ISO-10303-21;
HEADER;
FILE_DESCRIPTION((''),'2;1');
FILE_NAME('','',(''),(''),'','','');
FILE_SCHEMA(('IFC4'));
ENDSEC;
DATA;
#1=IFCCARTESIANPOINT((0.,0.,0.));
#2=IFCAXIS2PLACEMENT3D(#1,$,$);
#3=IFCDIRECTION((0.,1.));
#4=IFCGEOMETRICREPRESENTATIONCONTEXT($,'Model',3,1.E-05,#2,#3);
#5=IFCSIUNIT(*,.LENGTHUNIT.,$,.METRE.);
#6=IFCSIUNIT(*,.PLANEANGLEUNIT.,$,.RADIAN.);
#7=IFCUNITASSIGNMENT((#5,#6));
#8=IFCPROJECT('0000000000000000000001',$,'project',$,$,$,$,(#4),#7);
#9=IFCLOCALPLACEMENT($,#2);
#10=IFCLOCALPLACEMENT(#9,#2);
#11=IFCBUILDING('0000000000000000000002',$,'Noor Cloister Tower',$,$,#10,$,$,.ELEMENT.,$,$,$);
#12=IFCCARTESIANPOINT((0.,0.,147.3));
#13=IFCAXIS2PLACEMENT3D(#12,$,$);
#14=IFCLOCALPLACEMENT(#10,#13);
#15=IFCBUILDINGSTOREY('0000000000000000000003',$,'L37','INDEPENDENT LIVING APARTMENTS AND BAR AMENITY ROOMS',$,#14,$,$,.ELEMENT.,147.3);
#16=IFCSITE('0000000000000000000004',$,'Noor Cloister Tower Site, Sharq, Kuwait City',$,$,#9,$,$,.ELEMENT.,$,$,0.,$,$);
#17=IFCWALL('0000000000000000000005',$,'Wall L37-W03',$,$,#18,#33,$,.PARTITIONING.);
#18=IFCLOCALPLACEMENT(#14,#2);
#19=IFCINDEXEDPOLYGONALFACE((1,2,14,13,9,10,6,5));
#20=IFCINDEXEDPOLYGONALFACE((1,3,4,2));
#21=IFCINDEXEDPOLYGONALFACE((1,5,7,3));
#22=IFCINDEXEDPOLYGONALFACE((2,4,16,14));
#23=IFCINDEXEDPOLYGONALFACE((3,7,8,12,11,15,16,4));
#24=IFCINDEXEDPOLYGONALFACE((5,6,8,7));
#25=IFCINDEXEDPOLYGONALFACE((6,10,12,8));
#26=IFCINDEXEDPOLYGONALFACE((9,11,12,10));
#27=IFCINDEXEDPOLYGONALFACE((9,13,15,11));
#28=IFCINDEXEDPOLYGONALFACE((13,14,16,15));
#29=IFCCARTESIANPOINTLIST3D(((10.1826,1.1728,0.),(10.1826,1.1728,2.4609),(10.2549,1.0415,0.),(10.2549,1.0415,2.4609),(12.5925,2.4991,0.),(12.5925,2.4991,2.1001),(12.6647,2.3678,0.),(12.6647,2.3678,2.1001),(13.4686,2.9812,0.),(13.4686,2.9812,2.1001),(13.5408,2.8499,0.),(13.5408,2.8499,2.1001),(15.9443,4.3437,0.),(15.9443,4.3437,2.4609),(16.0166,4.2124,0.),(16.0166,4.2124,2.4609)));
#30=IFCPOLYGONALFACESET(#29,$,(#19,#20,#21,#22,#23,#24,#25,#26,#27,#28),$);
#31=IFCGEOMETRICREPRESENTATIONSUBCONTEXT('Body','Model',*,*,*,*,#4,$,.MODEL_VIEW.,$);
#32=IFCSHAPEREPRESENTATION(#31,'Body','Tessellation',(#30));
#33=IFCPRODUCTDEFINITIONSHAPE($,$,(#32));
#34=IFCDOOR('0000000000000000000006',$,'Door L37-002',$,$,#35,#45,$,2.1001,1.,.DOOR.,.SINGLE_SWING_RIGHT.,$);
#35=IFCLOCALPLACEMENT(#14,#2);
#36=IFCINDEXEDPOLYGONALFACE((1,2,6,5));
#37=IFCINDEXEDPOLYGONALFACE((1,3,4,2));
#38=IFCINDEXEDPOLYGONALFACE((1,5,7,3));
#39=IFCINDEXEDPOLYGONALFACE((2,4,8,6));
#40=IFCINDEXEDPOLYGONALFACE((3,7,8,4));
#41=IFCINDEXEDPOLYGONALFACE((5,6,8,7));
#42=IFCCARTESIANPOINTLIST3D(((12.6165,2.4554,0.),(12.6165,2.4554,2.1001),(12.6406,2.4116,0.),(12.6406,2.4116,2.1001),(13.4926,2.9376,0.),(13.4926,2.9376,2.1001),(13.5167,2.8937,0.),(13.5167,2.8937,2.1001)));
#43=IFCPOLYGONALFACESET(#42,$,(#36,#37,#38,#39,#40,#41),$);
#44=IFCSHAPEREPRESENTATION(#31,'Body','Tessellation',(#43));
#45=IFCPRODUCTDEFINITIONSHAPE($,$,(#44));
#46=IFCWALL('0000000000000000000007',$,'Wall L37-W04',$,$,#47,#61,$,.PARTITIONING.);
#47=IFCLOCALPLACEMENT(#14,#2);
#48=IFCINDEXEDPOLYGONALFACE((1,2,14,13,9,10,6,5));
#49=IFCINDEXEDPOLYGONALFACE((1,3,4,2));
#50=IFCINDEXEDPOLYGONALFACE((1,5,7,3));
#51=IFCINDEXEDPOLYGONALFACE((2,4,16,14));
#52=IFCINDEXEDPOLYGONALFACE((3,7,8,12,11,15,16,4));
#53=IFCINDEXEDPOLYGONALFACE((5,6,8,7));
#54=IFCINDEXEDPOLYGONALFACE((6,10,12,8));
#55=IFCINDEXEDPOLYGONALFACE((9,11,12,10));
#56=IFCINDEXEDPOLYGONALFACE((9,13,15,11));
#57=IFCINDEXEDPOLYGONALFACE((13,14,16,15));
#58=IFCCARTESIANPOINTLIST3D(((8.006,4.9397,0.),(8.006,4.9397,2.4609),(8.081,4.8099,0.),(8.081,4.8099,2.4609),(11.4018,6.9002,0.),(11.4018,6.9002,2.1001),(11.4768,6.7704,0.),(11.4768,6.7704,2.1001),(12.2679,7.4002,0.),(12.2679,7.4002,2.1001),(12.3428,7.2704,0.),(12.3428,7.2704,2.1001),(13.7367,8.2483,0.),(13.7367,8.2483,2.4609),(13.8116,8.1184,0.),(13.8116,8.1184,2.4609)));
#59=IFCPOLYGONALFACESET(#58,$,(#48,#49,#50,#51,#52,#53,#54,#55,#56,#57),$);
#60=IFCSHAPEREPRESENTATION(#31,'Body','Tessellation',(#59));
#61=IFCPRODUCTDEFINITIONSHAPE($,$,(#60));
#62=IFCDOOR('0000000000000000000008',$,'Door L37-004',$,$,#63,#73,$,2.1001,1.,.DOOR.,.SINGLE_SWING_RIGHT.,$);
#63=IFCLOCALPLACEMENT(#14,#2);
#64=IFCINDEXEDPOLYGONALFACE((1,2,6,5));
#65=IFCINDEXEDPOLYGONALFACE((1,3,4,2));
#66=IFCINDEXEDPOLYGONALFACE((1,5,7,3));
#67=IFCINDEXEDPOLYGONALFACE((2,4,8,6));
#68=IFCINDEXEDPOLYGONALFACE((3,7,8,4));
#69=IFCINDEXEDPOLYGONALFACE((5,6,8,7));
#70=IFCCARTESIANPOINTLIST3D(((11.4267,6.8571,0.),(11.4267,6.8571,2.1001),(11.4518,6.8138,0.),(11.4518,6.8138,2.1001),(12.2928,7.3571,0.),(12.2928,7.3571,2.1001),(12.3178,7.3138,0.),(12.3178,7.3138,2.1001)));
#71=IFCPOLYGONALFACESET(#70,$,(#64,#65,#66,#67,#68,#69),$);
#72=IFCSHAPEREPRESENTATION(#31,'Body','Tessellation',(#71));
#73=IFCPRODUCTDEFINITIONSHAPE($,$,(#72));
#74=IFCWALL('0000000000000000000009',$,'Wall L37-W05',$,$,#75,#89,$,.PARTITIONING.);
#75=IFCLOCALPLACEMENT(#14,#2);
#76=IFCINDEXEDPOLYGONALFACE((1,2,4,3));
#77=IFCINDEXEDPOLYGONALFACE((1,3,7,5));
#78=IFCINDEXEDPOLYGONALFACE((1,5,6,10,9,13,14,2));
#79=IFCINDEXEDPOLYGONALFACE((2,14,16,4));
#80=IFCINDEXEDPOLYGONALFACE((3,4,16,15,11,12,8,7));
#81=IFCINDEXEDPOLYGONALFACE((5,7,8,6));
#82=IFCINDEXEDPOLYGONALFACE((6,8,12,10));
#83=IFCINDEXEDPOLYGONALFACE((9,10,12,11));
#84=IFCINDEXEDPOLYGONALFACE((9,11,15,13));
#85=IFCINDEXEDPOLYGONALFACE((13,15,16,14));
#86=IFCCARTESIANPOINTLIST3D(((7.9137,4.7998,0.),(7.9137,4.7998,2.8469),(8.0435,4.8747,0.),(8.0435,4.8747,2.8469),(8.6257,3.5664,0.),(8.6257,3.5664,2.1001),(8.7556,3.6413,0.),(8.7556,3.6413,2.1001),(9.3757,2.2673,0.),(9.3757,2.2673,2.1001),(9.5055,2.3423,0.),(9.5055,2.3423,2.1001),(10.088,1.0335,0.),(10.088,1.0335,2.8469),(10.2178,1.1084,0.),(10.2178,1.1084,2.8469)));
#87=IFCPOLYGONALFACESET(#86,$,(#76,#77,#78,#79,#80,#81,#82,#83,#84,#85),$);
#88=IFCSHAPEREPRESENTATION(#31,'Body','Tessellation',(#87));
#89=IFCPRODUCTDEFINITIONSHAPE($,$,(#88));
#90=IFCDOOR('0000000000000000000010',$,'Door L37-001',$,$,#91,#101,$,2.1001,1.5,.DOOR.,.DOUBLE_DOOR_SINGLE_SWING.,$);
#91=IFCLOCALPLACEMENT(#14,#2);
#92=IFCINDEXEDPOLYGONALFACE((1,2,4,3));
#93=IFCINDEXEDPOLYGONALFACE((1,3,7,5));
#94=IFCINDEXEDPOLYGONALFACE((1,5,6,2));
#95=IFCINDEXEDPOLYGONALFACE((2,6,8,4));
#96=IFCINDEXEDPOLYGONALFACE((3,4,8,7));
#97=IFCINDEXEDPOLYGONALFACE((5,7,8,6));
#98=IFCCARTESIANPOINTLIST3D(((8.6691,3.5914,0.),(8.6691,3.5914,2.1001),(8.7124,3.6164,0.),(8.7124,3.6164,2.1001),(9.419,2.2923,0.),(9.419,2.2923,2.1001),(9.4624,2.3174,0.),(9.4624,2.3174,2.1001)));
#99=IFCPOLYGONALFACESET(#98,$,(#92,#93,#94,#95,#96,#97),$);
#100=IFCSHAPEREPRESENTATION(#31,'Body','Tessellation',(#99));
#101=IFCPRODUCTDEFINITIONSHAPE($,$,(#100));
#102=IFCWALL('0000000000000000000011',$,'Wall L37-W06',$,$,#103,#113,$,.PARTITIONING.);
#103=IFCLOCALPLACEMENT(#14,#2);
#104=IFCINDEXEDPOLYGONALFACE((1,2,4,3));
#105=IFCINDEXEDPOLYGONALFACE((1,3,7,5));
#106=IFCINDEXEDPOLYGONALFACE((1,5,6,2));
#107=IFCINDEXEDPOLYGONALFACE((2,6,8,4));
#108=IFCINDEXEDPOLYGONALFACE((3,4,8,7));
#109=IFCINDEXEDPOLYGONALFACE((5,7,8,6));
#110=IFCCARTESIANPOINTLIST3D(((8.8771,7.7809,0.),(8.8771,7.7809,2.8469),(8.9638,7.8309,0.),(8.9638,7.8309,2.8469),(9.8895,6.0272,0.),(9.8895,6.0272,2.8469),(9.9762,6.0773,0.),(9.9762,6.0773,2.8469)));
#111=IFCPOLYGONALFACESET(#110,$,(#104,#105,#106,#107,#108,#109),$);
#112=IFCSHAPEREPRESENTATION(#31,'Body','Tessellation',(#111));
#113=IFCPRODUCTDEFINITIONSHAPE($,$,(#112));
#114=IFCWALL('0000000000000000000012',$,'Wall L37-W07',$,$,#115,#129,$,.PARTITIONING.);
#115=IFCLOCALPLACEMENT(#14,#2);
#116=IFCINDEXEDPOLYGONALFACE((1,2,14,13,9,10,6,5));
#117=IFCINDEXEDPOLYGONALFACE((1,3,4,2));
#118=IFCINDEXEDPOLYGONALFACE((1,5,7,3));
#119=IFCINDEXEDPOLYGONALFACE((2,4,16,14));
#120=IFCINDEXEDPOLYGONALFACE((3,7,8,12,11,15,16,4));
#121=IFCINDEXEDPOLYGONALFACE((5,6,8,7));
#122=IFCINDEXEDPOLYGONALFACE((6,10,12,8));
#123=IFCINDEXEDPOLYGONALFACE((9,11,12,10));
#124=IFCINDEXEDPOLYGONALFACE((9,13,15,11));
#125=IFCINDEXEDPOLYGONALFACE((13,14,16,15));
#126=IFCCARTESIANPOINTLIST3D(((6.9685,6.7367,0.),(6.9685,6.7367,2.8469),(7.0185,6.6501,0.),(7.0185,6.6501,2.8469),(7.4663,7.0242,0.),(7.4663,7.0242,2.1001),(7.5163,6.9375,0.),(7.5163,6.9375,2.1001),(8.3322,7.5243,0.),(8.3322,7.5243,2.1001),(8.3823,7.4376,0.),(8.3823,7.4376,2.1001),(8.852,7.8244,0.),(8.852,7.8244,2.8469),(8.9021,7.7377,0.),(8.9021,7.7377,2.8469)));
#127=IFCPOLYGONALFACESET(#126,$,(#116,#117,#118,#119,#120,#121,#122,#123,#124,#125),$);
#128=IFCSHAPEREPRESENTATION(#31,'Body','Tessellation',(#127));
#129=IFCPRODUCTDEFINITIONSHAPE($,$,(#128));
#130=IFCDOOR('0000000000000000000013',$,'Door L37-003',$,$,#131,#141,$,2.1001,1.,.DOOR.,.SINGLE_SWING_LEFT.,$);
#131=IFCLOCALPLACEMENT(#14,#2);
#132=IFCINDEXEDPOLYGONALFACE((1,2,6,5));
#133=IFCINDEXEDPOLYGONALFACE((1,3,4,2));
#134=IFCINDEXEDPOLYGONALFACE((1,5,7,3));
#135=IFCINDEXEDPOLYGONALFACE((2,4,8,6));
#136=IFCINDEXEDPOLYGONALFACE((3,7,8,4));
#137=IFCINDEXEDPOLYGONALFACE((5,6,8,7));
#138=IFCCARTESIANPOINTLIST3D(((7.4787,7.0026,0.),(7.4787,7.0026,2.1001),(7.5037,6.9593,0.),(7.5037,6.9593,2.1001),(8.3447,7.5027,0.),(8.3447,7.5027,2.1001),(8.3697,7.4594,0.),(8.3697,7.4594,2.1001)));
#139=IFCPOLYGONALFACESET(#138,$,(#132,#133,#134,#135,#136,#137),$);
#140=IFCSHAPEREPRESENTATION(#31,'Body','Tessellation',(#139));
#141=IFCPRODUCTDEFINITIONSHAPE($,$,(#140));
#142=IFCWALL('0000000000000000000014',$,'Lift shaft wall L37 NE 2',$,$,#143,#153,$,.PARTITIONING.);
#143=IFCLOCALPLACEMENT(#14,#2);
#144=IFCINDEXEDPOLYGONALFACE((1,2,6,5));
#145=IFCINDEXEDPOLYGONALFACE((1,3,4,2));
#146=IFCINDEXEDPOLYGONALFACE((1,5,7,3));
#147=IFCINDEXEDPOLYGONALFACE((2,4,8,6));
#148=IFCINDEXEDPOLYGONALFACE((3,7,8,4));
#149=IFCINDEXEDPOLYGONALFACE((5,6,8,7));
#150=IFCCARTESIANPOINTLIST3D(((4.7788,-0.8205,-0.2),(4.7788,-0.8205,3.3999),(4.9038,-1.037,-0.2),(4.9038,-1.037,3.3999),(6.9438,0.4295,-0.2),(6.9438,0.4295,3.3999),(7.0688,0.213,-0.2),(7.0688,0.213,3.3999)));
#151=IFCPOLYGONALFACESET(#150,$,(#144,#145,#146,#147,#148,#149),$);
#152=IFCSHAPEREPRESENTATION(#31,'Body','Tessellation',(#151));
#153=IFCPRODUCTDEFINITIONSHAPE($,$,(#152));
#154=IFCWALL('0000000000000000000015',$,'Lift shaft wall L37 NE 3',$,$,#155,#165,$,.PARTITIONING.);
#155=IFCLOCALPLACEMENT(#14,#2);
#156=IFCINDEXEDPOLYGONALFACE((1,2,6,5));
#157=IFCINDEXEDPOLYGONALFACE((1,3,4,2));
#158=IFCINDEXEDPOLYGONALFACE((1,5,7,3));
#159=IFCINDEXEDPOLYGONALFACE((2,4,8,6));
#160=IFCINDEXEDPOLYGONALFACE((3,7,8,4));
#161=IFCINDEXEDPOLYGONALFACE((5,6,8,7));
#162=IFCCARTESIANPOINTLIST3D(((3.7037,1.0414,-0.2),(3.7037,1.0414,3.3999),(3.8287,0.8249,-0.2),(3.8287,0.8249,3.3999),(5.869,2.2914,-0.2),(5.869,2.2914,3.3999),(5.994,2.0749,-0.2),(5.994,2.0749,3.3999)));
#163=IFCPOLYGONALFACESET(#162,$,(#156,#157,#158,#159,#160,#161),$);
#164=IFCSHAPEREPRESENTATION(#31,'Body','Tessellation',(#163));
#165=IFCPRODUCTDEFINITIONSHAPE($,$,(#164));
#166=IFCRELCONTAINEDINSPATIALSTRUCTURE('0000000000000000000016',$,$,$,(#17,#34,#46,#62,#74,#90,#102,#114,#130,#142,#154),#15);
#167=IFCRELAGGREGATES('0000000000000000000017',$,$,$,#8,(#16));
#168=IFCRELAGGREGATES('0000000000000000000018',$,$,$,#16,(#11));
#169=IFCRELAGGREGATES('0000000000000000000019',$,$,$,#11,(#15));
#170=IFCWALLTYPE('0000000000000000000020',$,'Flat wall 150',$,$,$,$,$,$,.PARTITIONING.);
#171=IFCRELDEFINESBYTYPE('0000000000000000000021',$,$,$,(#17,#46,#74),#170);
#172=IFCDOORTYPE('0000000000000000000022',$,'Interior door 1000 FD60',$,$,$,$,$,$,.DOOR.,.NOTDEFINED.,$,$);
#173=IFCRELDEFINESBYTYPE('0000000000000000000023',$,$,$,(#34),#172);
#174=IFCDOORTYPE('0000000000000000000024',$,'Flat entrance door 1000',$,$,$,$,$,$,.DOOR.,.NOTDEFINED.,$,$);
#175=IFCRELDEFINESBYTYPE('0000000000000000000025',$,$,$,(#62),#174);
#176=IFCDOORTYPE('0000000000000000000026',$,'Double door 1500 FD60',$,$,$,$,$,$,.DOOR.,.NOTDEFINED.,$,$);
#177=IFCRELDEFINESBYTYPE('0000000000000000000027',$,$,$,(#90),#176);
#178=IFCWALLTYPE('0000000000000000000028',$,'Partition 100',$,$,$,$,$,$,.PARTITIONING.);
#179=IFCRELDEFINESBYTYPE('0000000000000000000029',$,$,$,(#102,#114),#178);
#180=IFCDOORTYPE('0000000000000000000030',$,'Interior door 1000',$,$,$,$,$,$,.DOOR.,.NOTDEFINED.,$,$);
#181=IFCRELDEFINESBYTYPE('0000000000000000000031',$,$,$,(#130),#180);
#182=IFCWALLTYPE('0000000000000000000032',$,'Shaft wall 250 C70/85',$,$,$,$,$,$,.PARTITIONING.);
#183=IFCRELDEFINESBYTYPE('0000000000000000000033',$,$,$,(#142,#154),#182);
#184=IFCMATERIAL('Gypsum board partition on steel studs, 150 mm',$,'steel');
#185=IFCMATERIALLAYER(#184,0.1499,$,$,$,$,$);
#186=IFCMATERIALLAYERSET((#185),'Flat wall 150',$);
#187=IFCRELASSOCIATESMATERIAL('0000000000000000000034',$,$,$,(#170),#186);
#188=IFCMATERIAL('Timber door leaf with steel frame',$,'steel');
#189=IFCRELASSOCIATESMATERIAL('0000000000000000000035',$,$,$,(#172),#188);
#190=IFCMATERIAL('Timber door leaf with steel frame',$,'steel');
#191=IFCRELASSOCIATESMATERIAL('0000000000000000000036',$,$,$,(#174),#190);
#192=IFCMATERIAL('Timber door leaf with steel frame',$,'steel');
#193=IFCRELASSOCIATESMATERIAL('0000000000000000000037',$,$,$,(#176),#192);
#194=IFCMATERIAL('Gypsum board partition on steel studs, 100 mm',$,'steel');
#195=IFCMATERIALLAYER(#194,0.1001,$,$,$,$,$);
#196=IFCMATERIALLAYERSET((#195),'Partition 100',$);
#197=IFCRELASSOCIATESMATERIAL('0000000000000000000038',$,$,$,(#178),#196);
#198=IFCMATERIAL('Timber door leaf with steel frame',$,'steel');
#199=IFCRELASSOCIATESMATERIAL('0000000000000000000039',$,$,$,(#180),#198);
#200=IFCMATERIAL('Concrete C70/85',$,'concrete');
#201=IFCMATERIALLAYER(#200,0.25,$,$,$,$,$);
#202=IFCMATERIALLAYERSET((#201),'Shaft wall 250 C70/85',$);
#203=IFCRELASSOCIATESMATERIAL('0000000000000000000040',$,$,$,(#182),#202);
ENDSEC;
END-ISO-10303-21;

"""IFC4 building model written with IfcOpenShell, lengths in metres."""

from ifc_helpers import new_model, si_unit, direction, frame, frame_2d, origin, place, context, subcontext, project, spatial, rectangle, extrude, material, layer, layer_set, type_object, element, fill, save


model = new_model("IFC4")

# Units and contexts
model_context = context("Model", 3, precision=1e-05, world=origin(), true_north=direction((0.0, 1.0)))
body_context = subcontext(model_context, "Body", "Model", "MODEL_VIEW")
ifc_project = project(units=[si_unit("LENGTHUNIT", "METRE"), si_unit("PLANEANGLEUNIT", "RADIAN")], contexts=[model_context])

# Site, building, storey
site_placement = place(None, origin())
site = spatial("IfcSite", under=ifc_project, at=site_placement, Name="Noor Cloister Tower Site, Sharq, Kuwait City", CompositionType="ELEMENT", RefElevation=0.0)
building_placement = place(site_placement, origin())
building = spatial("IfcBuilding", under=site, at=building_placement, Name="Noor Cloister Tower", CompositionType="ELEMENT")
storey_placement = place(building_placement, frame((0.0, 0.0, 147.3)))
storey = spatial("IfcBuildingStorey", under=building, at=storey_placement, Name="L37", Description="INDEPENDENT LIVING APARTMENTS AND BAR AMENITY ROOMS", CompositionType="ELEMENT", Elevation=147.3)

# Shared definitions
ifc_material_1 = material(Name="Gypsum board partition on steel studs, 150 mm", Category="steel")
ifc_layer_1 = layer(ifc_material_1, 0.1499)
ifc_layer_set_1 = layer_set([ifc_layer_1], Name="Flat wall 150")
wall_type_1 = type_object("IfcWallType", Name="Flat wall 150", PredefinedType="PARTITIONING", material=ifc_layer_set_1)

# Walls, openings, doors
wall_1_placement = place(storey_placement, frame((15.9805, 4.2781, 0.0), z_axis=(0.0, 0.0, 1.0), x_axis=(-0.87609, -0.482147, 0.0)))
wall_1 = element("IfcWall", 1, at=wall_1_placement, inside=storey, type_object=wall_type_1, Name="Wall L37-W03", PredefinedType="PARTITIONING", context=body_context, shape_type="SweptSolid", body=[
    extrude(rectangle(XDim=6.5767, YDim=0.1499, at=frame_2d((3.2883, 0.0))), origin(), (0.0, 0.0, 1.0), 2.4609),
])
opening_1_placement = place(wall_1_placement, frame((2.8259, 0.0, 0.0)))
opening_1 = element("IfcOpeningElement", 2, at=opening_1_placement, cuts=wall_1, PredefinedType="OPENING", context=body_context, shape_type="SweptSolid", body=[
    extrude(rectangle(XDim=1.0, YDim=2.1001, at=frame_2d((0.5, 1.05))), frame((0.0, 0.085, 0.0), z_axis=(0.0, -1.0, 0.0), x_axis=(1.0, 0.0, 0.0)), (0.0, 0.0, 1.0), 0.1699),
])
ifc_material_2 = material(Name="Timber door leaf with steel frame", Category="steel")
door_type_1 = type_object("IfcDoorType", Name="Interior door 1000 FD60", OperationType="NOTDEFINED", PredefinedType="DOOR", material=ifc_material_2)
door_1_placement = place(opening_1_placement, origin())
door_1 = element("IfcDoor", 3, at=door_1_placement, inside=storey, type_object=door_type_1, Name="Door L37-002", OperationType="SINGLE_SWING_RIGHT", OverallHeight=2.1001, OverallWidth=1.0, PredefinedType="DOOR", context=body_context, shape_type="SweptSolid", body=[
    extrude(rectangle(XDim=1.0, YDim=2.1001, at=frame_2d((0.5, 1.05))), frame((0.0, 0.0249, 0.0), z_axis=(0.0, -1.0, 0.0), x_axis=(1.0, 0.0, 0.0)), (0.0, 0.0, 1.0), 0.05),
])
fill(opening_1, door_1)
wall_2_placement = place(storey_placement, frame((13.7742, 8.1833, 0.0), z_axis=(0.0, 0.0, 1.0), x_axis=(-0.866028, -0.499996, 0.0)))
wall_2 = element("IfcWall", 4, at=wall_2_placement, inside=storey, type_object=wall_type_1, Name="Wall L37-W04", PredefinedType="PARTITIONING", context=body_context, shape_type="SweptSolid", body=[
    extrude(rectangle(XDim=6.6172, YDim=0.1499, at=frame_2d((3.3086, 0.0))), origin(), (0.0, 0.0, 1.0), 2.4609),
])
opening_2_placement = place(wall_2_placement, frame((1.696, 0.0, 0.0)))
opening_2 = element("IfcOpeningElement", 5, at=opening_2_placement, cuts=wall_2, PredefinedType="OPENING", context=body_context, shape_type="SweptSolid", body=[
    extrude(rectangle(XDim=1.0, YDim=2.1001, at=frame_2d((0.5, 1.05))), frame((0.0, 0.085, 0.0), z_axis=(0.0, -1.0, 0.0), x_axis=(1.0, 0.0, 0.0)), (0.0, 0.0, 1.0), 0.1699),
])
ifc_material_3 = material(Name="Timber door leaf with steel frame", Category="steel")
door_type_2 = type_object("IfcDoorType", Name="Flat entrance door 1000", OperationType="NOTDEFINED", PredefinedType="DOOR", material=ifc_material_3)
door_2_placement = place(opening_2_placement, origin())
door_2 = element("IfcDoor", 6, at=door_2_placement, inside=storey, type_object=door_type_2, Name="Door L37-004", OperationType="SINGLE_SWING_RIGHT", OverallHeight=2.1001, OverallWidth=1.0, PredefinedType="DOOR", context=body_context, shape_type="SweptSolid", body=[
    extrude(rectangle(XDim=1.0, YDim=2.1001, at=frame_2d((0.5, 1.05))), frame((0.0, 0.0249, 0.0), z_axis=(0.0, -1.0, 0.0), x_axis=(1.0, 0.0, 0.0)), (0.0, 0.0, 1.0), 0.05),
])
fill(opening_2, door_2)
wall_3_placement = place(storey_placement, frame((10.1528, 1.071, 0.0), z_axis=(0.0, 0.0, 1.0), x_axis=(-0.499967, 0.866044, 0.0)))
wall_3 = element("IfcWall", 7, at=wall_3_placement, inside=storey, type_object=wall_type_1, Name="Wall L37-W05", PredefinedType="PARTITIONING", context=body_context, shape_type="SweptSolid", body=[
    extrude(rectangle(XDim=4.3489, YDim=0.1499, at=frame_2d((2.1743, 0.0))), origin(), (0.0, 0.0, 1.0), 2.8469),
])
opening_3_placement = place(wall_3_placement, frame((1.4246, 0.0, 0.0)))
opening_3 = element("IfcOpeningElement", 8, at=opening_3_placement, cuts=wall_3, PredefinedType="OPENING", context=body_context, shape_type="SweptSolid", body=[
    extrude(rectangle(XDim=1.5, YDim=2.1001, at=frame_2d((0.75, 1.05))), frame((0.0, 0.085, 0.0), z_axis=(0.0, -1.0, 0.0), x_axis=(1.0, 0.0, 0.0)), (0.0, 0.0, 1.0), 0.1699),
])
ifc_material_4 = material(Name="Timber door leaf with steel frame", Category="steel")
door_type_3 = type_object("IfcDoorType", Name="Double door 1500 FD60", OperationType="NOTDEFINED", PredefinedType="DOOR", material=ifc_material_4)
door_3_placement = place(opening_3_placement, origin())
door_3 = element("IfcDoor", 9, at=door_3_placement, inside=storey, type_object=door_type_3, Name="Door L37-001", OperationType="DOUBLE_DOOR_SINGLE_SWING", OverallHeight=2.1001, OverallWidth=1.5, PredefinedType="DOOR", context=body_context, shape_type="SweptSolid", body=[
    extrude(rectangle(XDim=1.5, YDim=2.1001, at=frame_2d((0.75, 1.05))), frame((0.0, 0.0249, 0.0), z_axis=(0.0, -1.0, 0.0), x_axis=(1.0, 0.0, 0.0)), (0.0, 0.0, 1.0), 0.05),
])
fill(opening_3, door_3)

# Wall
ifc_material_5 = material(Name="Gypsum board partition on steel studs, 100 mm", Category="steel")
ifc_layer_2 = layer(ifc_material_5, 0.1001)
ifc_layer_set_2 = layer_set([ifc_layer_2], Name="Partition 100")
wall_type_2 = type_object("IfcWallType", Name="Partition 100", PredefinedType="PARTITIONING", material=ifc_layer_set_2)
wall_4_placement = place(storey_placement, frame((9.9329, 6.0522, 0.0), z_axis=(0.0, 0.0, 1.0), x_axis=(-0.49999, 0.866031, 0.0)))
element("IfcWall", 10, at=wall_4_placement, inside=storey, type_object=wall_type_2, Name="Wall L37-W06", PredefinedType="PARTITIONING", context=body_context, shape_type="SweptSolid", body=[
    extrude(rectangle(XDim=2.0249, YDim=0.1001, at=frame_2d((1.0125, 0.0))), origin(), (0.0, 0.0, 1.0), 2.8469),
])

# Wall, opening, door
wall_5_placement = place(storey_placement, frame((8.877, 7.781, 0.0), z_axis=(0.0, 0.0, 1.0), x_axis=(-0.865989, -0.500063, 0.0)))
wall_5 = element("IfcWall", 11, at=wall_5_placement, inside=storey, type_object=wall_type_2, Name="Wall L37-W07", PredefinedType="PARTITIONING", context=body_context, shape_type="SweptSolid", body=[
    extrude(rectangle(XDim=2.175, YDim=0.1001, at=frame_2d((1.0874, 0.0))), origin(), (0.0, 0.0, 1.0), 2.8469),
])
opening_4_placement = place(wall_5_placement, frame((0.6001, 0.0, 0.0)))
opening_4 = element("IfcOpeningElement", 12, at=opening_4_placement, cuts=wall_5, PredefinedType="OPENING", context=body_context, shape_type="SweptSolid", body=[
    extrude(rectangle(XDim=1.0, YDim=2.1001, at=frame_2d((0.5, 1.05))), frame((0.0, 0.0601, 0.0), z_axis=(0.0, -1.0, 0.0), x_axis=(1.0, 0.0, 0.0)), (0.0, 0.0, 1.0), 0.1201),
])
ifc_material_6 = material(Name="Timber door leaf with steel frame", Category="steel")
door_type_4 = type_object("IfcDoorType", Name="Interior door 1000", OperationType="NOTDEFINED", PredefinedType="DOOR", material=ifc_material_6)
door_4_placement = place(opening_4_placement, origin())
door_4 = element("IfcDoor", 13, at=door_4_placement, inside=storey, type_object=door_type_4, Name="Door L37-003", OperationType="SINGLE_SWING_LEFT", OverallHeight=2.1001, OverallWidth=1.0, PredefinedType="DOOR", context=body_context, shape_type="SweptSolid", body=[
    extrude(rectangle(XDim=1.0, YDim=2.1001, at=frame_2d((0.5, 1.05))), frame((0.0, 0.0249, 0.0), z_axis=(0.0, -1.0, 0.0), x_axis=(1.0, 0.0, 0.0)), (0.0, 0.0, 1.0), 0.05),
])
fill(opening_4, door_4)

# Walls
ifc_material_7 = material(Name="Concrete C70/85", Category="concrete")
ifc_layer_3 = layer(ifc_material_7, 0.25)
ifc_layer_set_3 = layer_set([ifc_layer_3], Name="Shaft wall 250 C70/85")
wall_type_3 = type_object("IfcWallType", Name="Shaft wall 250 C70/85", PredefinedType="PARTITIONING", material=ifc_layer_set_3)
wall_6_placement = place(storey_placement, frame((7.0063, 0.3213, -0.2), z_axis=(0.0, 0.0, 1.0), x_axis=(-0.866023, -0.500004, 0.0)))
element("IfcWall", 14, at=wall_6_placement, inside=storey, type_object=wall_type_3, Name="Lift shaft wall L37 NE 2", PredefinedType="PARTITIONING", context=body_context, shape_type="SweptSolid", body=[
    extrude(rectangle(XDim=2.5, YDim=0.25, at=frame_2d((1.25, 0.0))), origin(), (0.0, 0.0, 1.0), 3.5999),
])
wall_7_placement = place(storey_placement, frame((5.9314, 2.1831, -0.2), z_axis=(0.0, 0.0, 1.0), x_axis=(-0.866047, -0.499962, 0.0)))
element("IfcWall", 15, at=wall_7_placement, inside=storey, type_object=wall_type_3, Name="Lift shaft wall L37 NE 3", PredefinedType="PARTITIONING", context=body_context, shape_type="SweptSolid", body=[
    extrude(rectangle(XDim=2.5002, YDim=0.25, at=frame_2d((1.25, 0.0))), origin(), (0.0, 0.0, 1.0), 3.5999),
])

save(model, "model.ifc")
